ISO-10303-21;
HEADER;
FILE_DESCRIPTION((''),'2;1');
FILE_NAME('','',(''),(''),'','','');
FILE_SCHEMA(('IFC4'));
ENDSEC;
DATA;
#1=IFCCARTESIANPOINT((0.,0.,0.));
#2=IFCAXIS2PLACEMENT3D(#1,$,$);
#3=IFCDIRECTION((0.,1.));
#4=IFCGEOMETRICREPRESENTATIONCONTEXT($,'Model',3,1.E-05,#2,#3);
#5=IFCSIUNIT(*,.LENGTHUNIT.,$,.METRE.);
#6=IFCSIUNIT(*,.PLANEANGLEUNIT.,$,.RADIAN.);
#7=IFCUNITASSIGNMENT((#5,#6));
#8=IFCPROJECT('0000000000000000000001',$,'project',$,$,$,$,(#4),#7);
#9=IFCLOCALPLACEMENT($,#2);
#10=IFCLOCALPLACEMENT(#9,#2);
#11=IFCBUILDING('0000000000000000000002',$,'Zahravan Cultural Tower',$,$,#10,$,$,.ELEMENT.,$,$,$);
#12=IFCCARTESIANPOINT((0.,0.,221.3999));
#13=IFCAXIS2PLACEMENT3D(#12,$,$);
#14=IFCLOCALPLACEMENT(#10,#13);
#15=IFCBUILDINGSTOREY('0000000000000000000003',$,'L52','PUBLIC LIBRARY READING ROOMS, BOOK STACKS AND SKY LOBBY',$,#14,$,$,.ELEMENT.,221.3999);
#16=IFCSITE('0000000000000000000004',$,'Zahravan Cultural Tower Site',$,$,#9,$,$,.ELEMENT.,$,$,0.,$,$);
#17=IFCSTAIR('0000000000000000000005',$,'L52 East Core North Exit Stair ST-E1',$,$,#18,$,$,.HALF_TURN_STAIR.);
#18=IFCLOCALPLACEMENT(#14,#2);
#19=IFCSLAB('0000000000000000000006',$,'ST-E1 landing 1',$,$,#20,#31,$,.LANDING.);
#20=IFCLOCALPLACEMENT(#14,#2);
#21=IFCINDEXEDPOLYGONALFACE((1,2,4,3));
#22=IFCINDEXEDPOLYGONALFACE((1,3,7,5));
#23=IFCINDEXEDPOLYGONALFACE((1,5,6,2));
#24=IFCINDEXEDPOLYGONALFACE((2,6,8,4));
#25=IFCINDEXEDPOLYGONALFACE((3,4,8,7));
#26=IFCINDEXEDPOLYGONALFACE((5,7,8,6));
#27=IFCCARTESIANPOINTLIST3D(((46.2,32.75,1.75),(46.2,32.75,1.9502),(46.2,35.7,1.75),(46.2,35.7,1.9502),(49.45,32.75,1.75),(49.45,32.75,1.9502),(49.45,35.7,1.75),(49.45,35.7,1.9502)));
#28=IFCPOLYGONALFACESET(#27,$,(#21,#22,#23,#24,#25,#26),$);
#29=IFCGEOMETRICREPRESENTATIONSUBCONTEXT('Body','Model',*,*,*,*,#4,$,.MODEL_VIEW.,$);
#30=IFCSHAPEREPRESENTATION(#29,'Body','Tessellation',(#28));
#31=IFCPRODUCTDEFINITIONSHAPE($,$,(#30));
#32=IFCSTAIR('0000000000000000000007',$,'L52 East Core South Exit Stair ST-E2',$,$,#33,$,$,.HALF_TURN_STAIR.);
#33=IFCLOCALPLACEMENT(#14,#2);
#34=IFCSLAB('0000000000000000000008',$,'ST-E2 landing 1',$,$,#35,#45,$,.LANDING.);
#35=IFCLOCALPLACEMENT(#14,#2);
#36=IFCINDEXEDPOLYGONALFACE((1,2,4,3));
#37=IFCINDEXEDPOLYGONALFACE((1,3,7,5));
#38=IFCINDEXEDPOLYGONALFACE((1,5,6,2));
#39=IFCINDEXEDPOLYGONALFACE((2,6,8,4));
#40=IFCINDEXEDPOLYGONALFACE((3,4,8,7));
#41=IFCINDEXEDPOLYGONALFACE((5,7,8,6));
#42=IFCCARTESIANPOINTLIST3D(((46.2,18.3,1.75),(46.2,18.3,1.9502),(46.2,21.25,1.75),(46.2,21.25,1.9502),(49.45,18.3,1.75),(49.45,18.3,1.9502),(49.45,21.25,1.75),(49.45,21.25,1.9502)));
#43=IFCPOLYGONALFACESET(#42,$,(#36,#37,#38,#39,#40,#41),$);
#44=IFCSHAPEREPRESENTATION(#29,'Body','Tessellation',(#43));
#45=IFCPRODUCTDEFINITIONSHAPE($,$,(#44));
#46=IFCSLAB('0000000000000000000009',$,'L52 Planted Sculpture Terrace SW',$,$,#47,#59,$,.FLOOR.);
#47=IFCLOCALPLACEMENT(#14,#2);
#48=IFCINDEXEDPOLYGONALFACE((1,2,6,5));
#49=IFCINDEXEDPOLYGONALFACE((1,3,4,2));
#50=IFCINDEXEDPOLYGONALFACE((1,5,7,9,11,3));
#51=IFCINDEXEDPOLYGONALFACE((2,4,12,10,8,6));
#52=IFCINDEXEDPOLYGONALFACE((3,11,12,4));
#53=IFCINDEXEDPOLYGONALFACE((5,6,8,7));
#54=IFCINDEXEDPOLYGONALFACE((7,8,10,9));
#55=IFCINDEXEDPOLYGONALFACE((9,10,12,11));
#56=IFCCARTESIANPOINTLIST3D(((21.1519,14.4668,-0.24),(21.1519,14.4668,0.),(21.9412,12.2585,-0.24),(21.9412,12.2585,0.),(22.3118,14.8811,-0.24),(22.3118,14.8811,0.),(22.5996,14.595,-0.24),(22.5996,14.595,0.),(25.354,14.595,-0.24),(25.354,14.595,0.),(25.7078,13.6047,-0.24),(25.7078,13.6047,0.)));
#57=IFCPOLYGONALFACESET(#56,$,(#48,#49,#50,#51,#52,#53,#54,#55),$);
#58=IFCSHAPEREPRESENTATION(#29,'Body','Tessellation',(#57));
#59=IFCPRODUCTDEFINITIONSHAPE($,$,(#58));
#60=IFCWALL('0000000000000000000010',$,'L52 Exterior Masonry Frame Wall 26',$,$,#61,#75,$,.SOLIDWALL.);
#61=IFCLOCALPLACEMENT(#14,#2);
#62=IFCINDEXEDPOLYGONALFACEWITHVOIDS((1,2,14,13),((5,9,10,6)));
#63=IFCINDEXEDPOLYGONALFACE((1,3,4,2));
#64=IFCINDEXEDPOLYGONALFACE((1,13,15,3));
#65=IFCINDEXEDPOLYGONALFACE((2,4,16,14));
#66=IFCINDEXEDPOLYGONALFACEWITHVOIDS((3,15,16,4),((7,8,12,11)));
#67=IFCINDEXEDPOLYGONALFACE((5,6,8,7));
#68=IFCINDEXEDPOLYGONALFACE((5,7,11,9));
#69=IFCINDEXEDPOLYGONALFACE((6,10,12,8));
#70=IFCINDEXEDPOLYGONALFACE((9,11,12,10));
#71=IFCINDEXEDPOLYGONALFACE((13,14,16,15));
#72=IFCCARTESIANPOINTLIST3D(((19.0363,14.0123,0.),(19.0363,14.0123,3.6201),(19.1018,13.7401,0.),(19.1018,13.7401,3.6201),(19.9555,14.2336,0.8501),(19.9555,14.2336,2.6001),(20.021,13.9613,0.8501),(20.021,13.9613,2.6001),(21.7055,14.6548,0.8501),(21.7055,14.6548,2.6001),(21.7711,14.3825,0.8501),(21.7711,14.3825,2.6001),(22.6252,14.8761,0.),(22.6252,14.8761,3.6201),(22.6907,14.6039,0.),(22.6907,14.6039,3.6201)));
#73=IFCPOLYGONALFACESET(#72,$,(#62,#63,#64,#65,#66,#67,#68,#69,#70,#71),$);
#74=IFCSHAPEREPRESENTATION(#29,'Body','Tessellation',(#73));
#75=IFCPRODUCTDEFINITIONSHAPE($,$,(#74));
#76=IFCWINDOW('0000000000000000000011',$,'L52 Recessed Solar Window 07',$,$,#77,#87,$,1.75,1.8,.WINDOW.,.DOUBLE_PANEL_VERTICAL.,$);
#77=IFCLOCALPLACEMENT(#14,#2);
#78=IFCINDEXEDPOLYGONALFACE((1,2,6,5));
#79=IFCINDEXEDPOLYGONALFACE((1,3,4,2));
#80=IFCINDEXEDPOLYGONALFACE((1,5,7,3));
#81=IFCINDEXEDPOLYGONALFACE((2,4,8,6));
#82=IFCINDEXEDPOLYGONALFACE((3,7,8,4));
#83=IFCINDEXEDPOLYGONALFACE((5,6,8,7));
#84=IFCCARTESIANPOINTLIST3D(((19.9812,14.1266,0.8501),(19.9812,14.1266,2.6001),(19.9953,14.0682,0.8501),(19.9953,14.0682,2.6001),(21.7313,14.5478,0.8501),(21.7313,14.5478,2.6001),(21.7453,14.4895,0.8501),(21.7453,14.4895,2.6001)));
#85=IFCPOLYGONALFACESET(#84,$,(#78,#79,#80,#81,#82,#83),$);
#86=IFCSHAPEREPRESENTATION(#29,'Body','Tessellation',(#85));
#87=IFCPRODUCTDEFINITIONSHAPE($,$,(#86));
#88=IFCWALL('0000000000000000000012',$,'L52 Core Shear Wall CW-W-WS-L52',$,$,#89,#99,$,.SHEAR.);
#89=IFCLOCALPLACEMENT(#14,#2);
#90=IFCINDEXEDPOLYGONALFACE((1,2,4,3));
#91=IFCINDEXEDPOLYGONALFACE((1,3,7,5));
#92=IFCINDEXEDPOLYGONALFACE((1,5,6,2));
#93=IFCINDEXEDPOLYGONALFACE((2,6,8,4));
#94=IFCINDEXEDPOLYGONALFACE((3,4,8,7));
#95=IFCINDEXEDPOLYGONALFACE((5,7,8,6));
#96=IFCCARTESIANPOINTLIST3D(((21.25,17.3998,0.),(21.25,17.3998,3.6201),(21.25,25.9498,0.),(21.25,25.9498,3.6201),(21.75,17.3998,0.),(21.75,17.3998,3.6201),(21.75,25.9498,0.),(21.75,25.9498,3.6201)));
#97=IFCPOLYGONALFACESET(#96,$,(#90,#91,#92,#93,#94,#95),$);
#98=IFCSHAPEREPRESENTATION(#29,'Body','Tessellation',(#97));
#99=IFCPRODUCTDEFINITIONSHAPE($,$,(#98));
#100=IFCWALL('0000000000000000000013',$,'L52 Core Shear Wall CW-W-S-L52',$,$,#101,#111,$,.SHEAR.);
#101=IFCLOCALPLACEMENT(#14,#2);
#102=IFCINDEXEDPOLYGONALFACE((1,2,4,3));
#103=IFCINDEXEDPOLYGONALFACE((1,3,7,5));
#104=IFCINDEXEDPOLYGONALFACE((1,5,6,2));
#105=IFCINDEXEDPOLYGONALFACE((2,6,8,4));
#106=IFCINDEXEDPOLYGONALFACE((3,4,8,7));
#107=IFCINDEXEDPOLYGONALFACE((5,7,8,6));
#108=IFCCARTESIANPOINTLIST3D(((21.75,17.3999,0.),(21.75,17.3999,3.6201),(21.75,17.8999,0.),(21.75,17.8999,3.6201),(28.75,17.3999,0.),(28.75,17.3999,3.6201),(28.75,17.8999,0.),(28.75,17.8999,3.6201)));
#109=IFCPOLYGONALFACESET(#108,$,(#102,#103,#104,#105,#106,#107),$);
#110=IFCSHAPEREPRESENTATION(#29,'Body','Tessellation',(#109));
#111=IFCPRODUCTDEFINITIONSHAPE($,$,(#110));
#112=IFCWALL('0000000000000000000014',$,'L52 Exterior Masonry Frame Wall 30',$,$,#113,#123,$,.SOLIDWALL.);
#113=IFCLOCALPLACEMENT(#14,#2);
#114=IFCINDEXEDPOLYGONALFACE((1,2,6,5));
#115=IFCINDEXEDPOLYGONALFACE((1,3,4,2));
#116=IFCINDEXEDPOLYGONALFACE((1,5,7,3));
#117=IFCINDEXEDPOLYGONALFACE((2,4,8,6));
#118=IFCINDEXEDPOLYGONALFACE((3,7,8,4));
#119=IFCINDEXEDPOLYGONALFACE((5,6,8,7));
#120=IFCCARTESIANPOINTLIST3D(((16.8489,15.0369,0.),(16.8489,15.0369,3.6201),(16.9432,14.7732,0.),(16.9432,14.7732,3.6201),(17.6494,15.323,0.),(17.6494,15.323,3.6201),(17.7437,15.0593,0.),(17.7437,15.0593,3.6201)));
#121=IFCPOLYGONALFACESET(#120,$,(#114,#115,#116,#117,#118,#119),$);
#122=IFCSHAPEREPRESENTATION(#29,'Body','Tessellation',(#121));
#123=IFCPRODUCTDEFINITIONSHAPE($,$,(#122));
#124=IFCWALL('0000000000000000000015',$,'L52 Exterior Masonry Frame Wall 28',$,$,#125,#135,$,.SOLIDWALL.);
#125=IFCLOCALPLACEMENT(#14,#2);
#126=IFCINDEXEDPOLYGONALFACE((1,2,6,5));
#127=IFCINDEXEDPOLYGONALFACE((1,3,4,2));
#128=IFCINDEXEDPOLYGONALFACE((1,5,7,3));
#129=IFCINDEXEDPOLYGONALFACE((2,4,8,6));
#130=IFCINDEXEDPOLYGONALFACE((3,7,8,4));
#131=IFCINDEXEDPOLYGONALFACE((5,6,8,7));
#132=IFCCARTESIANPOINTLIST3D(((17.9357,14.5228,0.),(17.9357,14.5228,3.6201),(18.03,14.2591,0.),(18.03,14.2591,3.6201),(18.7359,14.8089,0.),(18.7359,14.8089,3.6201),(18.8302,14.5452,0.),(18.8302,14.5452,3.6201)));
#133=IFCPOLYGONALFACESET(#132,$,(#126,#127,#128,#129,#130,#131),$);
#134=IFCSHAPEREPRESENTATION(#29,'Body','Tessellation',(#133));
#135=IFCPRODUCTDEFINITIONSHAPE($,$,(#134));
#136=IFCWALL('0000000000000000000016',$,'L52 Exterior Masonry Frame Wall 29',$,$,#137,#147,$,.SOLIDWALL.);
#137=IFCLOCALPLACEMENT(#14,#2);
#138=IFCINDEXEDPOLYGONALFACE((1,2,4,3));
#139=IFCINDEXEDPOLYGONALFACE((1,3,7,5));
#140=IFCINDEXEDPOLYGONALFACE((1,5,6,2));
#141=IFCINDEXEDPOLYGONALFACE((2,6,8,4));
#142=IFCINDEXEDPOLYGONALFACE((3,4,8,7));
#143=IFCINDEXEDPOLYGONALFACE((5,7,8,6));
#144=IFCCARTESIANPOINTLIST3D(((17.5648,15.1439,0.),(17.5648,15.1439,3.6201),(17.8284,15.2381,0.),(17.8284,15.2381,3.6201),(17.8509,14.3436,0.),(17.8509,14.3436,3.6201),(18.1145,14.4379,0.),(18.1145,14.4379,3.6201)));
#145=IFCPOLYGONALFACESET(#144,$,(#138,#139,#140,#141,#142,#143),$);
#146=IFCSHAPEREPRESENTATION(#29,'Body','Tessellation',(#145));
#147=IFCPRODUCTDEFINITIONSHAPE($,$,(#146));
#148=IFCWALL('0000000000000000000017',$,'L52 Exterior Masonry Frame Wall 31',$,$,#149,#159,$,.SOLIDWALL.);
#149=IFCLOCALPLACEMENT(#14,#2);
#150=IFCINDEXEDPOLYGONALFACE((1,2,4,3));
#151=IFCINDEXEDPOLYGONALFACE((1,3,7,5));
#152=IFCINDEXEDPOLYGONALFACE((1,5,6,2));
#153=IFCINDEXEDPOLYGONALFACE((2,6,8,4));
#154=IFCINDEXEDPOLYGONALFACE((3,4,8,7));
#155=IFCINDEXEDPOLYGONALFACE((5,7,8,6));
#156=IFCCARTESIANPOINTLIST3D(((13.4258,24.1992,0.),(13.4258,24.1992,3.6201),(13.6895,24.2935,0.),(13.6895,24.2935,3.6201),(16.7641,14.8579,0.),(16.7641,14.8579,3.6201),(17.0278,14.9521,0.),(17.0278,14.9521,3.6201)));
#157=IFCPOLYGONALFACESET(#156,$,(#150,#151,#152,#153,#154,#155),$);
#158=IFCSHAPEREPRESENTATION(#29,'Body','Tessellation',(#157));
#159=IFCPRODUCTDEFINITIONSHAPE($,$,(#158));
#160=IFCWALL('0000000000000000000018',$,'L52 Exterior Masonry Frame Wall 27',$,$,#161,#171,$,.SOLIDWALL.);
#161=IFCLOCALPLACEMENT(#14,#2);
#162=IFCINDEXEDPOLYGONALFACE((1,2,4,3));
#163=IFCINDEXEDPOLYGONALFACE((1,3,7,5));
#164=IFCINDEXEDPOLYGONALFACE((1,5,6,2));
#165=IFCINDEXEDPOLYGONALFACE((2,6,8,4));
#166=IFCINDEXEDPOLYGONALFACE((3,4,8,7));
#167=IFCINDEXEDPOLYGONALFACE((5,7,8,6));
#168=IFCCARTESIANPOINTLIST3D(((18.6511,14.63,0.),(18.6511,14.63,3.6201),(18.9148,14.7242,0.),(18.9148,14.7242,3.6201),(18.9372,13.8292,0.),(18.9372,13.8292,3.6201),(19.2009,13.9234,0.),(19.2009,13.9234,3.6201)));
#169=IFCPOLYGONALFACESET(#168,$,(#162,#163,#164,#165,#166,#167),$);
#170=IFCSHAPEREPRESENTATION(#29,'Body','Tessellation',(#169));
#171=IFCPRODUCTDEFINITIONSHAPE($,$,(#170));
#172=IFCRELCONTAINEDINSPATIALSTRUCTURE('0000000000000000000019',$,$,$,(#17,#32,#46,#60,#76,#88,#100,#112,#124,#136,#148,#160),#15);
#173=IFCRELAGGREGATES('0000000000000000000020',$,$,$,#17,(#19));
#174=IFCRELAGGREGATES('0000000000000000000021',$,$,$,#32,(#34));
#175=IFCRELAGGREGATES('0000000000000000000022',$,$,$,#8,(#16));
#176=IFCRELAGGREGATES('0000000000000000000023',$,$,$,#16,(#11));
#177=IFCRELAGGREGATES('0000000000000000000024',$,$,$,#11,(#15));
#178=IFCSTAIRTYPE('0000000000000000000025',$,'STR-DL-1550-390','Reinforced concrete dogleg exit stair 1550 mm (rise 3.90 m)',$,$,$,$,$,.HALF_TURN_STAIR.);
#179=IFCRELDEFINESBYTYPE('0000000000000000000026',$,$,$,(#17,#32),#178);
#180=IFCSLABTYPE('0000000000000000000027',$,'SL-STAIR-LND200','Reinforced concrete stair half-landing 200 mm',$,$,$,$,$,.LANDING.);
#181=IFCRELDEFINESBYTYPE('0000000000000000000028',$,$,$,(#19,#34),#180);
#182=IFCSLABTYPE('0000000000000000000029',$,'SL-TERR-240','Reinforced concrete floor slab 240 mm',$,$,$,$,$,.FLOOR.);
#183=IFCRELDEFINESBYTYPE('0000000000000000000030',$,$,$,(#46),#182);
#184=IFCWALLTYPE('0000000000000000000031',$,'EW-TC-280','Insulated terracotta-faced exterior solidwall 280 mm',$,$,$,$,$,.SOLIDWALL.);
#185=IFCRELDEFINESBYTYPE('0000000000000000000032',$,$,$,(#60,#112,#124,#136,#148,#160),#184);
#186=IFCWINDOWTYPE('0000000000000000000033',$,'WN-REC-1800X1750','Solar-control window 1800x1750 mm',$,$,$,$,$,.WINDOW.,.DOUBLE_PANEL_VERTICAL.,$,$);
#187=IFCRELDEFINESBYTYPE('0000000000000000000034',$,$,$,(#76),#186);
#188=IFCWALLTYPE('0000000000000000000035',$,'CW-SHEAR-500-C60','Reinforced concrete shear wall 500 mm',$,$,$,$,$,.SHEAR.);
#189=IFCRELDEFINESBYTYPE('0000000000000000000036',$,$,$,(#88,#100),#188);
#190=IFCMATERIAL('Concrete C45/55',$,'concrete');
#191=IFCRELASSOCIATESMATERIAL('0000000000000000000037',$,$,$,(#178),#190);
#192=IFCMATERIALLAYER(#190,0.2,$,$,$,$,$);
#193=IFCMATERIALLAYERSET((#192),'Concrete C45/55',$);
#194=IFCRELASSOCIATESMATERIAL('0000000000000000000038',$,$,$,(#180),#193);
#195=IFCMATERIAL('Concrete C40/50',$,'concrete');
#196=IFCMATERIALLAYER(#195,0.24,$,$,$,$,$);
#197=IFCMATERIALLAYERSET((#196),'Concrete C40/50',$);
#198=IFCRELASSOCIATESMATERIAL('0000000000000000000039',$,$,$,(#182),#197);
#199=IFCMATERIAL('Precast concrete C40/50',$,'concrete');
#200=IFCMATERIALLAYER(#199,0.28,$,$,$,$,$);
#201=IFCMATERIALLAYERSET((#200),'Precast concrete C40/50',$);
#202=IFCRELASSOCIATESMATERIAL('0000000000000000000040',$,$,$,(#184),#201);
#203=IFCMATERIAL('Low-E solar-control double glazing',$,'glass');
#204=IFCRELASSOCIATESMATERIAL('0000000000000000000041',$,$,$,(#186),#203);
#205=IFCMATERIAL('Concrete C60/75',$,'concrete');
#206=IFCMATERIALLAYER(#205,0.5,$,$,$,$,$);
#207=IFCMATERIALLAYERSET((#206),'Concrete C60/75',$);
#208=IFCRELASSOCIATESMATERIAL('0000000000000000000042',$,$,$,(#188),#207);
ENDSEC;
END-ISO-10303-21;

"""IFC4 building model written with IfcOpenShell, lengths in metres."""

from ifc_helpers import new_model, si_unit, direction, frame, frame_2d, origin, place, context, subcontext, project, spatial, polyline, rectangle, outline, extrude, source, transform, mapped, material, layer, layer_set, type_object, element, fill, aggregate, save


model = new_model("IFC4")

# Units and contexts
model_context = context("Model", 3, precision=1e-05, world=origin(), true_north=direction((0.0, 1.0)))
body_context = subcontext(model_context, "Body", "Model", "MODEL_VIEW")
ifc_project = project(units=[si_unit("LENGTHUNIT", "METRE"), si_unit("PLANEANGLEUNIT", "RADIAN")], contexts=[model_context])

# Site, building, storey
site_placement = place(None, origin())
site = spatial("IfcSite", under=ifc_project, at=site_placement, Name="Zahravan Cultural Tower Site", CompositionType="ELEMENT", RefElevation=0.0)
building_placement = place(site_placement, origin())
building = spatial("IfcBuilding", under=site, at=building_placement, Name="Zahravan Cultural Tower", CompositionType="ELEMENT")
storey_placement = place(building_placement, frame((0.0, 0.0, 221.3999)))
storey = spatial("IfcBuildingStorey", under=building, at=storey_placement, Name="L52", Description="PUBLIC LIBRARY READING ROOMS, BOOK STACKS AND SKY LOBBY", CompositionType="ELEMENT", Elevation=221.3999)

# Shared definitions
ifc_material_1 = material(Name="Concrete C45/55", Category="concrete")

# Stairs, slabs
stair_type = type_object("IfcStairType", Name="STR-DL-1550-390", Description="Reinforced concrete dogleg exit stair 1550 mm (rise 3.90 m)", PredefinedType="HALF_TURN_STAIR", material=ifc_material_1)
ifc_layer_1 = layer(ifc_material_1, 0.2)
ifc_layer_set_1 = layer_set([ifc_layer_1], Name="Concrete C45/55")
slab_type_1 = type_object("IfcSlabType", Name="SL-STAIR-LND200", Description="Reinforced concrete stair half-landing 200 mm", PredefinedType="LANDING", material=ifc_layer_set_1)
stair_1_placement = place(storey_placement, origin())
stair_1 = element("IfcStair", 1, at=stair_1_placement, inside=storey, type_object=stair_type, Name="L52 East Core North Exit Stair ST-E1", PredefinedType="HALF_TURN_STAIR")
slab_1_placement = place(storey_placement, frame((0.0, 0.0, 1.75)))
slab_1 = element("IfcSlab", 2, at=slab_1_placement, type_object=slab_type_1, Name="ST-E1 landing 1", PredefinedType="LANDING", context=body_context, shape_type="SweptSolid", body=[
    extrude(outline(polyline([(49.45, 32.75), (49.45, 35.7), (46.2, 35.7), (46.2, 32.75), (49.45, 32.75)])), origin(), (0.0, 0.0, 1.0), 0.2002),
])
aggregate(stair_1, [slab_1])
stair_2_placement = place(storey_placement, origin())
stair_2 = element("IfcStair", 3, at=stair_2_placement, inside=storey, type_object=stair_type, Name="L52 East Core South Exit Stair ST-E2", PredefinedType="HALF_TURN_STAIR")
slab_2_placement = place(storey_placement, frame((0.0, 0.0, 1.75)))
slab_2 = element("IfcSlab", 4, at=slab_2_placement, type_object=slab_type_1, Name="ST-E2 landing 1", PredefinedType="LANDING", context=body_context, shape_type="SweptSolid", body=[
    extrude(outline(polyline([(46.2, 21.25), (46.2, 18.3), (49.45, 18.3), (49.45, 21.25), (46.2, 21.25)])), origin(), (0.0, 0.0, 1.0), 0.2002),
])
aggregate(stair_2, [slab_2])

# Slab
ifc_material_2 = material(Name="Concrete C40/50", Category="concrete")
ifc_layer_2 = layer(ifc_material_2, 0.24)
ifc_layer_set_2 = layer_set([ifc_layer_2], Name="Concrete C40/50")
slab_type_2 = type_object("IfcSlabType", Name="SL-TERR-240", Description="Reinforced concrete floor slab 240 mm", PredefinedType="FLOOR", material=ifc_layer_set_2)
slab_3_placement = place(storey_placement, frame((0.0, 0.0, -0.24)))
element("IfcSlab", 5, at=slab_3_placement, inside=storey, type_object=slab_type_2, Name="L52 Planted Sculpture Terrace SW", PredefinedType="FLOOR", context=body_context, shape_type="SweptSolid", body=[
    extrude(outline(polyline([(25.7078, 13.6047), (25.354, 14.595), (22.5996, 14.595), (22.3118, 14.8811), (21.1519, 14.4668), (21.9412, 12.2585), (25.7078, 13.6047)])), origin(), (0.0, 0.0, 1.0), 0.24),
])

# Wall, opening, window
ifc_material_3 = material(Name="Precast concrete C40/50", Category="concrete")
ifc_layer_3 = layer(ifc_material_3, 0.28)
ifc_layer_set_3 = layer_set([ifc_layer_3], Name="Precast concrete C40/50")
wall_type_1 = type_object("IfcWallType", Name="EW-TC-280", Description="Insulated terracotta-faced exterior solidwall 280 mm", PredefinedType="SOLIDWALL", material=ifc_layer_set_3)
wall_1_placement = place(storey_placement, frame((22.658, 14.74, 0.0), z_axis=(0.0, 0.0, 1.0), x_axis=(-0.972237, -0.233998, 0.0)))
wall_1 = element("IfcWall", 6, at=wall_1_placement, inside=storey, type_object=wall_type_1, Name="L52 Exterior Masonry Frame Wall 26", PredefinedType="SOLIDWALL", context=body_context, shape_type="SweptSolid", body=[
    extrude(rectangle(XDim=3.6914, YDim=0.28, at=frame_2d((1.8457, 0.0))), origin(), (0.0, 0.0, 1.0), 3.6201),
])
opening_placement = place(wall_1_placement, frame((0.946, 0.0, 0.8501)))
opening = element("IfcOpeningElement", 7, at=opening_placement, cuts=wall_1, PredefinedType="OPENING", context=body_context, shape_type="SweptSolid", body=[
    extrude(rectangle(XDim=1.8, YDim=1.75, at=frame_2d((0.8999, 0.875))), frame((0.0, 0.1499, 0.0), z_axis=(0.0, -1.0, 0.0), x_axis=(1.0, 0.0, 0.0)), (0.0, 0.0, 1.0), 0.3),
])
ifc_material_4 = material(Name="Low-E solar-control double glazing", Category="glass")
window_type = type_object("IfcWindowType", Name="WN-REC-1800X1750", Description="Solar-control window 1800x1750 mm", PartitioningType="DOUBLE_PANEL_VERTICAL", PredefinedType="WINDOW", material=ifc_material_4)
shared_shape_1 = source(origin(), body_context, "Body", "SweptSolid", [
    extrude(rectangle(XDim=1.8, YDim=1.75, at=frame_2d((0.8999, 0.875))), frame((0.0, 0.03, 0.0), z_axis=(0.0, -1.0, 0.0), x_axis=(1.0, 0.0, 0.0)), (0.0, 0.0, 1.0), 0.0601),
])
window_placement = place(opening_placement, origin())
window = element("IfcWindow", 8, at=window_placement, inside=storey, type_object=window_type, Name="L52 Recessed Solar Window 07", OverallHeight=1.75, OverallWidth=1.8, PartitioningType="DOUBLE_PANEL_VERTICAL", PredefinedType="WINDOW", context=body_context, shape_type="MappedRepresentation", body=[
    mapped(shared_shape_1, transform((0.0, 0.0, 0.0), x_axis=(1.0, 0.0, 0.0), y_axis=(0.0, 1.0, 0.0), z_axis=(0.0, 0.0, 1.0), scale=1.0)),
])
fill(opening, window)

# Walls
ifc_material_5 = material(Name="Concrete C60/75", Category="concrete")
ifc_layer_4 = layer(ifc_material_5, 0.5)
ifc_layer_set_4 = layer_set([ifc_layer_4], Name="Concrete C60/75")
wall_type_2 = type_object("IfcWallType", Name="CW-SHEAR-500-C60", Description="Reinforced concrete shear wall 500 mm", PredefinedType="SHEAR", material=ifc_layer_set_4)
shared_shape_2 = source(origin(), body_context, "Body", "SweptSolid", [
    extrude(rectangle(XDim=8.55, YDim=0.5, at=frame_2d((4.2749, 0.0))), origin(), (0.0, 0.0, 1.0), 3.6201),
])
wall_2_placement = place(storey_placement, frame((21.5, 17.3999, 0.0), z_axis=(0.0, 0.0, 1.0), x_axis=(0.0, 1.0, 0.0)))
element("IfcWall", 9, at=wall_2_placement, inside=storey, type_object=wall_type_2, Name="L52 Core Shear Wall CW-W-WS-L52", PredefinedType="SHEAR", context=body_context, shape_type="MappedRepresentation", body=[
    mapped(shared_shape_2, transform((0.0, 0.0, 0.0), x_axis=(1.0, 0.0, 0.0), y_axis=(0.0, 1.0, 0.0), z_axis=(0.0, 0.0, 1.0), scale=1.0)),
])
shared_shape_3 = source(origin(), body_context, "Body", "SweptSolid", [
    extrude(rectangle(XDim=7.0, YDim=0.5, at=frame_2d((3.5, 0.0))), origin(), (0.0, 0.0, 1.0), 3.6201),
])
wall_3_placement = place(storey_placement, frame((21.75, 17.6499, 0.0), z_axis=(0.0, 0.0, 1.0), x_axis=(1.0, 0.0, 0.0)))
element("IfcWall", 10, at=wall_3_placement, inside=storey, type_object=wall_type_2, Name="L52 Core Shear Wall CW-W-S-L52", PredefinedType="SHEAR", context=body_context, shape_type="MappedRepresentation", body=[
    mapped(shared_shape_3, transform((0.0, 0.0, 0.0), x_axis=(1.0, 0.0, 0.0), y_axis=(0.0, 1.0, 0.0), z_axis=(0.0, 0.0, 1.0), scale=1.0)),
])
shared_shape_4 = source(origin(), body_context, "Body", "SweptSolid", [
    extrude(rectangle(XDim=0.8501, YDim=0.28, at=frame_2d((0.425, 0.0))), origin(), (0.0, 0.0, 1.0), 3.6201),
])
wall_4_placement = place(storey_placement, frame((17.6965, 15.1912, 0.0), z_axis=(0.0, 0.0, 1.0), x_axis=(-0.941657, -0.336573, 0.0)))
element("IfcWall", 11, at=wall_4_placement, inside=storey, type_object=wall_type_1, Name="L52 Exterior Masonry Frame Wall 30", PredefinedType="SOLIDWALL", context=body_context, shape_type="MappedRepresentation", body=[
    mapped(shared_shape_4, transform((0.0, 0.0, 0.0), x_axis=(1.0, 0.0, 0.0), y_axis=(0.0, 1.0, 0.0), z_axis=(0.0, 0.0, 1.0), scale=1.0)),
])
shared_shape_5 = source(origin(), body_context, "Body", "SweptSolid", [
    extrude(rectangle(XDim=0.8499, YDim=0.28, at=frame_2d((0.4248, 0.0))), origin(), (0.0, 0.0, 1.0), 3.6201),
])
for number, where, z_axis, x_axis, name in (
    (12, (18.783, 14.677, 0.0), (0.0, 0.0, 1.0), (-0.941625, -0.336664, 0.0), "L52 Exterior Masonry Frame Wall 28"),
    (13, (17.9827, 14.3909, 0.0), (0.0, 0.0, 1.0), (-0.336664, 0.941625, 0.0), "L52 Exterior Masonry Frame Wall 29"),
):
    element("IfcWall", number, at=place(storey_placement, frame(where, z_axis=z_axis, x_axis=x_axis)), inside=storey, type_object=wall_type_1, Name=name, PredefinedType="SOLIDWALL", context=body_context, shape_type="MappedRepresentation", body=[
        mapped(shared_shape_5, transform((0.0, 0.0, 0.0), x_axis=(1.0, 0.0, 0.0), y_axis=(0.0, 1.0, 0.0), z_axis=(0.0, 0.0, 1.0), scale=1.0)),
    ])
shared_shape_6 = source(origin(), body_context, "Body", "SweptSolid", [
    extrude(rectangle(XDim=9.9199, YDim=0.28, at=frame_2d((4.96, 0.0))), origin(), (0.0, 0.0, 1.0), 3.6201),
])
wall_5_placement = place(storey_placement, frame((16.896, 14.905, 0.0), z_axis=(0.0, 0.0, 1.0), x_axis=(-0.336533, 0.941672, 0.0)))
element("IfcWall", 14, at=wall_5_placement, inside=storey, type_object=wall_type_1, Name="L52 Exterior Masonry Frame Wall 31", PredefinedType="SOLIDWALL", context=body_context, shape_type="MappedRepresentation", body=[
    mapped(shared_shape_6, transform((0.0, 0.0, 0.0), x_axis=(1.0, 0.0, 0.0), y_axis=(0.0, 1.0, 0.0), z_axis=(0.0, 0.0, 1.0), scale=1.0)),
])
shared_shape_7 = source(origin(), body_context, "Body", "SweptSolid", [
    extrude(rectangle(XDim=0.8503, YDim=0.28, at=frame_2d((0.4253, 0.0))), origin(), (0.0, 0.0, 1.0), 3.6201),
])
wall_6_placement = place(storey_placement, frame((19.0691, 13.8762, 0.0), z_axis=(0.0, 0.0, 1.0), x_axis=(-0.336482, 0.94169, 0.0)))
element("IfcWall", 15, at=wall_6_placement, inside=storey, type_object=wall_type_1, Name="L52 Exterior Masonry Frame Wall 27", PredefinedType="SOLIDWALL", context=body_context, shape_type="MappedRepresentation", body=[
    mapped(shared_shape_7, transform((0.0, 0.0, 0.0), x_axis=(1.0, 0.0, 0.0), y_axis=(0.0, 1.0, 0.0), z_axis=(0.0, 0.0, 1.0), scale=1.0)),
])

save(model, "model.ifc")
